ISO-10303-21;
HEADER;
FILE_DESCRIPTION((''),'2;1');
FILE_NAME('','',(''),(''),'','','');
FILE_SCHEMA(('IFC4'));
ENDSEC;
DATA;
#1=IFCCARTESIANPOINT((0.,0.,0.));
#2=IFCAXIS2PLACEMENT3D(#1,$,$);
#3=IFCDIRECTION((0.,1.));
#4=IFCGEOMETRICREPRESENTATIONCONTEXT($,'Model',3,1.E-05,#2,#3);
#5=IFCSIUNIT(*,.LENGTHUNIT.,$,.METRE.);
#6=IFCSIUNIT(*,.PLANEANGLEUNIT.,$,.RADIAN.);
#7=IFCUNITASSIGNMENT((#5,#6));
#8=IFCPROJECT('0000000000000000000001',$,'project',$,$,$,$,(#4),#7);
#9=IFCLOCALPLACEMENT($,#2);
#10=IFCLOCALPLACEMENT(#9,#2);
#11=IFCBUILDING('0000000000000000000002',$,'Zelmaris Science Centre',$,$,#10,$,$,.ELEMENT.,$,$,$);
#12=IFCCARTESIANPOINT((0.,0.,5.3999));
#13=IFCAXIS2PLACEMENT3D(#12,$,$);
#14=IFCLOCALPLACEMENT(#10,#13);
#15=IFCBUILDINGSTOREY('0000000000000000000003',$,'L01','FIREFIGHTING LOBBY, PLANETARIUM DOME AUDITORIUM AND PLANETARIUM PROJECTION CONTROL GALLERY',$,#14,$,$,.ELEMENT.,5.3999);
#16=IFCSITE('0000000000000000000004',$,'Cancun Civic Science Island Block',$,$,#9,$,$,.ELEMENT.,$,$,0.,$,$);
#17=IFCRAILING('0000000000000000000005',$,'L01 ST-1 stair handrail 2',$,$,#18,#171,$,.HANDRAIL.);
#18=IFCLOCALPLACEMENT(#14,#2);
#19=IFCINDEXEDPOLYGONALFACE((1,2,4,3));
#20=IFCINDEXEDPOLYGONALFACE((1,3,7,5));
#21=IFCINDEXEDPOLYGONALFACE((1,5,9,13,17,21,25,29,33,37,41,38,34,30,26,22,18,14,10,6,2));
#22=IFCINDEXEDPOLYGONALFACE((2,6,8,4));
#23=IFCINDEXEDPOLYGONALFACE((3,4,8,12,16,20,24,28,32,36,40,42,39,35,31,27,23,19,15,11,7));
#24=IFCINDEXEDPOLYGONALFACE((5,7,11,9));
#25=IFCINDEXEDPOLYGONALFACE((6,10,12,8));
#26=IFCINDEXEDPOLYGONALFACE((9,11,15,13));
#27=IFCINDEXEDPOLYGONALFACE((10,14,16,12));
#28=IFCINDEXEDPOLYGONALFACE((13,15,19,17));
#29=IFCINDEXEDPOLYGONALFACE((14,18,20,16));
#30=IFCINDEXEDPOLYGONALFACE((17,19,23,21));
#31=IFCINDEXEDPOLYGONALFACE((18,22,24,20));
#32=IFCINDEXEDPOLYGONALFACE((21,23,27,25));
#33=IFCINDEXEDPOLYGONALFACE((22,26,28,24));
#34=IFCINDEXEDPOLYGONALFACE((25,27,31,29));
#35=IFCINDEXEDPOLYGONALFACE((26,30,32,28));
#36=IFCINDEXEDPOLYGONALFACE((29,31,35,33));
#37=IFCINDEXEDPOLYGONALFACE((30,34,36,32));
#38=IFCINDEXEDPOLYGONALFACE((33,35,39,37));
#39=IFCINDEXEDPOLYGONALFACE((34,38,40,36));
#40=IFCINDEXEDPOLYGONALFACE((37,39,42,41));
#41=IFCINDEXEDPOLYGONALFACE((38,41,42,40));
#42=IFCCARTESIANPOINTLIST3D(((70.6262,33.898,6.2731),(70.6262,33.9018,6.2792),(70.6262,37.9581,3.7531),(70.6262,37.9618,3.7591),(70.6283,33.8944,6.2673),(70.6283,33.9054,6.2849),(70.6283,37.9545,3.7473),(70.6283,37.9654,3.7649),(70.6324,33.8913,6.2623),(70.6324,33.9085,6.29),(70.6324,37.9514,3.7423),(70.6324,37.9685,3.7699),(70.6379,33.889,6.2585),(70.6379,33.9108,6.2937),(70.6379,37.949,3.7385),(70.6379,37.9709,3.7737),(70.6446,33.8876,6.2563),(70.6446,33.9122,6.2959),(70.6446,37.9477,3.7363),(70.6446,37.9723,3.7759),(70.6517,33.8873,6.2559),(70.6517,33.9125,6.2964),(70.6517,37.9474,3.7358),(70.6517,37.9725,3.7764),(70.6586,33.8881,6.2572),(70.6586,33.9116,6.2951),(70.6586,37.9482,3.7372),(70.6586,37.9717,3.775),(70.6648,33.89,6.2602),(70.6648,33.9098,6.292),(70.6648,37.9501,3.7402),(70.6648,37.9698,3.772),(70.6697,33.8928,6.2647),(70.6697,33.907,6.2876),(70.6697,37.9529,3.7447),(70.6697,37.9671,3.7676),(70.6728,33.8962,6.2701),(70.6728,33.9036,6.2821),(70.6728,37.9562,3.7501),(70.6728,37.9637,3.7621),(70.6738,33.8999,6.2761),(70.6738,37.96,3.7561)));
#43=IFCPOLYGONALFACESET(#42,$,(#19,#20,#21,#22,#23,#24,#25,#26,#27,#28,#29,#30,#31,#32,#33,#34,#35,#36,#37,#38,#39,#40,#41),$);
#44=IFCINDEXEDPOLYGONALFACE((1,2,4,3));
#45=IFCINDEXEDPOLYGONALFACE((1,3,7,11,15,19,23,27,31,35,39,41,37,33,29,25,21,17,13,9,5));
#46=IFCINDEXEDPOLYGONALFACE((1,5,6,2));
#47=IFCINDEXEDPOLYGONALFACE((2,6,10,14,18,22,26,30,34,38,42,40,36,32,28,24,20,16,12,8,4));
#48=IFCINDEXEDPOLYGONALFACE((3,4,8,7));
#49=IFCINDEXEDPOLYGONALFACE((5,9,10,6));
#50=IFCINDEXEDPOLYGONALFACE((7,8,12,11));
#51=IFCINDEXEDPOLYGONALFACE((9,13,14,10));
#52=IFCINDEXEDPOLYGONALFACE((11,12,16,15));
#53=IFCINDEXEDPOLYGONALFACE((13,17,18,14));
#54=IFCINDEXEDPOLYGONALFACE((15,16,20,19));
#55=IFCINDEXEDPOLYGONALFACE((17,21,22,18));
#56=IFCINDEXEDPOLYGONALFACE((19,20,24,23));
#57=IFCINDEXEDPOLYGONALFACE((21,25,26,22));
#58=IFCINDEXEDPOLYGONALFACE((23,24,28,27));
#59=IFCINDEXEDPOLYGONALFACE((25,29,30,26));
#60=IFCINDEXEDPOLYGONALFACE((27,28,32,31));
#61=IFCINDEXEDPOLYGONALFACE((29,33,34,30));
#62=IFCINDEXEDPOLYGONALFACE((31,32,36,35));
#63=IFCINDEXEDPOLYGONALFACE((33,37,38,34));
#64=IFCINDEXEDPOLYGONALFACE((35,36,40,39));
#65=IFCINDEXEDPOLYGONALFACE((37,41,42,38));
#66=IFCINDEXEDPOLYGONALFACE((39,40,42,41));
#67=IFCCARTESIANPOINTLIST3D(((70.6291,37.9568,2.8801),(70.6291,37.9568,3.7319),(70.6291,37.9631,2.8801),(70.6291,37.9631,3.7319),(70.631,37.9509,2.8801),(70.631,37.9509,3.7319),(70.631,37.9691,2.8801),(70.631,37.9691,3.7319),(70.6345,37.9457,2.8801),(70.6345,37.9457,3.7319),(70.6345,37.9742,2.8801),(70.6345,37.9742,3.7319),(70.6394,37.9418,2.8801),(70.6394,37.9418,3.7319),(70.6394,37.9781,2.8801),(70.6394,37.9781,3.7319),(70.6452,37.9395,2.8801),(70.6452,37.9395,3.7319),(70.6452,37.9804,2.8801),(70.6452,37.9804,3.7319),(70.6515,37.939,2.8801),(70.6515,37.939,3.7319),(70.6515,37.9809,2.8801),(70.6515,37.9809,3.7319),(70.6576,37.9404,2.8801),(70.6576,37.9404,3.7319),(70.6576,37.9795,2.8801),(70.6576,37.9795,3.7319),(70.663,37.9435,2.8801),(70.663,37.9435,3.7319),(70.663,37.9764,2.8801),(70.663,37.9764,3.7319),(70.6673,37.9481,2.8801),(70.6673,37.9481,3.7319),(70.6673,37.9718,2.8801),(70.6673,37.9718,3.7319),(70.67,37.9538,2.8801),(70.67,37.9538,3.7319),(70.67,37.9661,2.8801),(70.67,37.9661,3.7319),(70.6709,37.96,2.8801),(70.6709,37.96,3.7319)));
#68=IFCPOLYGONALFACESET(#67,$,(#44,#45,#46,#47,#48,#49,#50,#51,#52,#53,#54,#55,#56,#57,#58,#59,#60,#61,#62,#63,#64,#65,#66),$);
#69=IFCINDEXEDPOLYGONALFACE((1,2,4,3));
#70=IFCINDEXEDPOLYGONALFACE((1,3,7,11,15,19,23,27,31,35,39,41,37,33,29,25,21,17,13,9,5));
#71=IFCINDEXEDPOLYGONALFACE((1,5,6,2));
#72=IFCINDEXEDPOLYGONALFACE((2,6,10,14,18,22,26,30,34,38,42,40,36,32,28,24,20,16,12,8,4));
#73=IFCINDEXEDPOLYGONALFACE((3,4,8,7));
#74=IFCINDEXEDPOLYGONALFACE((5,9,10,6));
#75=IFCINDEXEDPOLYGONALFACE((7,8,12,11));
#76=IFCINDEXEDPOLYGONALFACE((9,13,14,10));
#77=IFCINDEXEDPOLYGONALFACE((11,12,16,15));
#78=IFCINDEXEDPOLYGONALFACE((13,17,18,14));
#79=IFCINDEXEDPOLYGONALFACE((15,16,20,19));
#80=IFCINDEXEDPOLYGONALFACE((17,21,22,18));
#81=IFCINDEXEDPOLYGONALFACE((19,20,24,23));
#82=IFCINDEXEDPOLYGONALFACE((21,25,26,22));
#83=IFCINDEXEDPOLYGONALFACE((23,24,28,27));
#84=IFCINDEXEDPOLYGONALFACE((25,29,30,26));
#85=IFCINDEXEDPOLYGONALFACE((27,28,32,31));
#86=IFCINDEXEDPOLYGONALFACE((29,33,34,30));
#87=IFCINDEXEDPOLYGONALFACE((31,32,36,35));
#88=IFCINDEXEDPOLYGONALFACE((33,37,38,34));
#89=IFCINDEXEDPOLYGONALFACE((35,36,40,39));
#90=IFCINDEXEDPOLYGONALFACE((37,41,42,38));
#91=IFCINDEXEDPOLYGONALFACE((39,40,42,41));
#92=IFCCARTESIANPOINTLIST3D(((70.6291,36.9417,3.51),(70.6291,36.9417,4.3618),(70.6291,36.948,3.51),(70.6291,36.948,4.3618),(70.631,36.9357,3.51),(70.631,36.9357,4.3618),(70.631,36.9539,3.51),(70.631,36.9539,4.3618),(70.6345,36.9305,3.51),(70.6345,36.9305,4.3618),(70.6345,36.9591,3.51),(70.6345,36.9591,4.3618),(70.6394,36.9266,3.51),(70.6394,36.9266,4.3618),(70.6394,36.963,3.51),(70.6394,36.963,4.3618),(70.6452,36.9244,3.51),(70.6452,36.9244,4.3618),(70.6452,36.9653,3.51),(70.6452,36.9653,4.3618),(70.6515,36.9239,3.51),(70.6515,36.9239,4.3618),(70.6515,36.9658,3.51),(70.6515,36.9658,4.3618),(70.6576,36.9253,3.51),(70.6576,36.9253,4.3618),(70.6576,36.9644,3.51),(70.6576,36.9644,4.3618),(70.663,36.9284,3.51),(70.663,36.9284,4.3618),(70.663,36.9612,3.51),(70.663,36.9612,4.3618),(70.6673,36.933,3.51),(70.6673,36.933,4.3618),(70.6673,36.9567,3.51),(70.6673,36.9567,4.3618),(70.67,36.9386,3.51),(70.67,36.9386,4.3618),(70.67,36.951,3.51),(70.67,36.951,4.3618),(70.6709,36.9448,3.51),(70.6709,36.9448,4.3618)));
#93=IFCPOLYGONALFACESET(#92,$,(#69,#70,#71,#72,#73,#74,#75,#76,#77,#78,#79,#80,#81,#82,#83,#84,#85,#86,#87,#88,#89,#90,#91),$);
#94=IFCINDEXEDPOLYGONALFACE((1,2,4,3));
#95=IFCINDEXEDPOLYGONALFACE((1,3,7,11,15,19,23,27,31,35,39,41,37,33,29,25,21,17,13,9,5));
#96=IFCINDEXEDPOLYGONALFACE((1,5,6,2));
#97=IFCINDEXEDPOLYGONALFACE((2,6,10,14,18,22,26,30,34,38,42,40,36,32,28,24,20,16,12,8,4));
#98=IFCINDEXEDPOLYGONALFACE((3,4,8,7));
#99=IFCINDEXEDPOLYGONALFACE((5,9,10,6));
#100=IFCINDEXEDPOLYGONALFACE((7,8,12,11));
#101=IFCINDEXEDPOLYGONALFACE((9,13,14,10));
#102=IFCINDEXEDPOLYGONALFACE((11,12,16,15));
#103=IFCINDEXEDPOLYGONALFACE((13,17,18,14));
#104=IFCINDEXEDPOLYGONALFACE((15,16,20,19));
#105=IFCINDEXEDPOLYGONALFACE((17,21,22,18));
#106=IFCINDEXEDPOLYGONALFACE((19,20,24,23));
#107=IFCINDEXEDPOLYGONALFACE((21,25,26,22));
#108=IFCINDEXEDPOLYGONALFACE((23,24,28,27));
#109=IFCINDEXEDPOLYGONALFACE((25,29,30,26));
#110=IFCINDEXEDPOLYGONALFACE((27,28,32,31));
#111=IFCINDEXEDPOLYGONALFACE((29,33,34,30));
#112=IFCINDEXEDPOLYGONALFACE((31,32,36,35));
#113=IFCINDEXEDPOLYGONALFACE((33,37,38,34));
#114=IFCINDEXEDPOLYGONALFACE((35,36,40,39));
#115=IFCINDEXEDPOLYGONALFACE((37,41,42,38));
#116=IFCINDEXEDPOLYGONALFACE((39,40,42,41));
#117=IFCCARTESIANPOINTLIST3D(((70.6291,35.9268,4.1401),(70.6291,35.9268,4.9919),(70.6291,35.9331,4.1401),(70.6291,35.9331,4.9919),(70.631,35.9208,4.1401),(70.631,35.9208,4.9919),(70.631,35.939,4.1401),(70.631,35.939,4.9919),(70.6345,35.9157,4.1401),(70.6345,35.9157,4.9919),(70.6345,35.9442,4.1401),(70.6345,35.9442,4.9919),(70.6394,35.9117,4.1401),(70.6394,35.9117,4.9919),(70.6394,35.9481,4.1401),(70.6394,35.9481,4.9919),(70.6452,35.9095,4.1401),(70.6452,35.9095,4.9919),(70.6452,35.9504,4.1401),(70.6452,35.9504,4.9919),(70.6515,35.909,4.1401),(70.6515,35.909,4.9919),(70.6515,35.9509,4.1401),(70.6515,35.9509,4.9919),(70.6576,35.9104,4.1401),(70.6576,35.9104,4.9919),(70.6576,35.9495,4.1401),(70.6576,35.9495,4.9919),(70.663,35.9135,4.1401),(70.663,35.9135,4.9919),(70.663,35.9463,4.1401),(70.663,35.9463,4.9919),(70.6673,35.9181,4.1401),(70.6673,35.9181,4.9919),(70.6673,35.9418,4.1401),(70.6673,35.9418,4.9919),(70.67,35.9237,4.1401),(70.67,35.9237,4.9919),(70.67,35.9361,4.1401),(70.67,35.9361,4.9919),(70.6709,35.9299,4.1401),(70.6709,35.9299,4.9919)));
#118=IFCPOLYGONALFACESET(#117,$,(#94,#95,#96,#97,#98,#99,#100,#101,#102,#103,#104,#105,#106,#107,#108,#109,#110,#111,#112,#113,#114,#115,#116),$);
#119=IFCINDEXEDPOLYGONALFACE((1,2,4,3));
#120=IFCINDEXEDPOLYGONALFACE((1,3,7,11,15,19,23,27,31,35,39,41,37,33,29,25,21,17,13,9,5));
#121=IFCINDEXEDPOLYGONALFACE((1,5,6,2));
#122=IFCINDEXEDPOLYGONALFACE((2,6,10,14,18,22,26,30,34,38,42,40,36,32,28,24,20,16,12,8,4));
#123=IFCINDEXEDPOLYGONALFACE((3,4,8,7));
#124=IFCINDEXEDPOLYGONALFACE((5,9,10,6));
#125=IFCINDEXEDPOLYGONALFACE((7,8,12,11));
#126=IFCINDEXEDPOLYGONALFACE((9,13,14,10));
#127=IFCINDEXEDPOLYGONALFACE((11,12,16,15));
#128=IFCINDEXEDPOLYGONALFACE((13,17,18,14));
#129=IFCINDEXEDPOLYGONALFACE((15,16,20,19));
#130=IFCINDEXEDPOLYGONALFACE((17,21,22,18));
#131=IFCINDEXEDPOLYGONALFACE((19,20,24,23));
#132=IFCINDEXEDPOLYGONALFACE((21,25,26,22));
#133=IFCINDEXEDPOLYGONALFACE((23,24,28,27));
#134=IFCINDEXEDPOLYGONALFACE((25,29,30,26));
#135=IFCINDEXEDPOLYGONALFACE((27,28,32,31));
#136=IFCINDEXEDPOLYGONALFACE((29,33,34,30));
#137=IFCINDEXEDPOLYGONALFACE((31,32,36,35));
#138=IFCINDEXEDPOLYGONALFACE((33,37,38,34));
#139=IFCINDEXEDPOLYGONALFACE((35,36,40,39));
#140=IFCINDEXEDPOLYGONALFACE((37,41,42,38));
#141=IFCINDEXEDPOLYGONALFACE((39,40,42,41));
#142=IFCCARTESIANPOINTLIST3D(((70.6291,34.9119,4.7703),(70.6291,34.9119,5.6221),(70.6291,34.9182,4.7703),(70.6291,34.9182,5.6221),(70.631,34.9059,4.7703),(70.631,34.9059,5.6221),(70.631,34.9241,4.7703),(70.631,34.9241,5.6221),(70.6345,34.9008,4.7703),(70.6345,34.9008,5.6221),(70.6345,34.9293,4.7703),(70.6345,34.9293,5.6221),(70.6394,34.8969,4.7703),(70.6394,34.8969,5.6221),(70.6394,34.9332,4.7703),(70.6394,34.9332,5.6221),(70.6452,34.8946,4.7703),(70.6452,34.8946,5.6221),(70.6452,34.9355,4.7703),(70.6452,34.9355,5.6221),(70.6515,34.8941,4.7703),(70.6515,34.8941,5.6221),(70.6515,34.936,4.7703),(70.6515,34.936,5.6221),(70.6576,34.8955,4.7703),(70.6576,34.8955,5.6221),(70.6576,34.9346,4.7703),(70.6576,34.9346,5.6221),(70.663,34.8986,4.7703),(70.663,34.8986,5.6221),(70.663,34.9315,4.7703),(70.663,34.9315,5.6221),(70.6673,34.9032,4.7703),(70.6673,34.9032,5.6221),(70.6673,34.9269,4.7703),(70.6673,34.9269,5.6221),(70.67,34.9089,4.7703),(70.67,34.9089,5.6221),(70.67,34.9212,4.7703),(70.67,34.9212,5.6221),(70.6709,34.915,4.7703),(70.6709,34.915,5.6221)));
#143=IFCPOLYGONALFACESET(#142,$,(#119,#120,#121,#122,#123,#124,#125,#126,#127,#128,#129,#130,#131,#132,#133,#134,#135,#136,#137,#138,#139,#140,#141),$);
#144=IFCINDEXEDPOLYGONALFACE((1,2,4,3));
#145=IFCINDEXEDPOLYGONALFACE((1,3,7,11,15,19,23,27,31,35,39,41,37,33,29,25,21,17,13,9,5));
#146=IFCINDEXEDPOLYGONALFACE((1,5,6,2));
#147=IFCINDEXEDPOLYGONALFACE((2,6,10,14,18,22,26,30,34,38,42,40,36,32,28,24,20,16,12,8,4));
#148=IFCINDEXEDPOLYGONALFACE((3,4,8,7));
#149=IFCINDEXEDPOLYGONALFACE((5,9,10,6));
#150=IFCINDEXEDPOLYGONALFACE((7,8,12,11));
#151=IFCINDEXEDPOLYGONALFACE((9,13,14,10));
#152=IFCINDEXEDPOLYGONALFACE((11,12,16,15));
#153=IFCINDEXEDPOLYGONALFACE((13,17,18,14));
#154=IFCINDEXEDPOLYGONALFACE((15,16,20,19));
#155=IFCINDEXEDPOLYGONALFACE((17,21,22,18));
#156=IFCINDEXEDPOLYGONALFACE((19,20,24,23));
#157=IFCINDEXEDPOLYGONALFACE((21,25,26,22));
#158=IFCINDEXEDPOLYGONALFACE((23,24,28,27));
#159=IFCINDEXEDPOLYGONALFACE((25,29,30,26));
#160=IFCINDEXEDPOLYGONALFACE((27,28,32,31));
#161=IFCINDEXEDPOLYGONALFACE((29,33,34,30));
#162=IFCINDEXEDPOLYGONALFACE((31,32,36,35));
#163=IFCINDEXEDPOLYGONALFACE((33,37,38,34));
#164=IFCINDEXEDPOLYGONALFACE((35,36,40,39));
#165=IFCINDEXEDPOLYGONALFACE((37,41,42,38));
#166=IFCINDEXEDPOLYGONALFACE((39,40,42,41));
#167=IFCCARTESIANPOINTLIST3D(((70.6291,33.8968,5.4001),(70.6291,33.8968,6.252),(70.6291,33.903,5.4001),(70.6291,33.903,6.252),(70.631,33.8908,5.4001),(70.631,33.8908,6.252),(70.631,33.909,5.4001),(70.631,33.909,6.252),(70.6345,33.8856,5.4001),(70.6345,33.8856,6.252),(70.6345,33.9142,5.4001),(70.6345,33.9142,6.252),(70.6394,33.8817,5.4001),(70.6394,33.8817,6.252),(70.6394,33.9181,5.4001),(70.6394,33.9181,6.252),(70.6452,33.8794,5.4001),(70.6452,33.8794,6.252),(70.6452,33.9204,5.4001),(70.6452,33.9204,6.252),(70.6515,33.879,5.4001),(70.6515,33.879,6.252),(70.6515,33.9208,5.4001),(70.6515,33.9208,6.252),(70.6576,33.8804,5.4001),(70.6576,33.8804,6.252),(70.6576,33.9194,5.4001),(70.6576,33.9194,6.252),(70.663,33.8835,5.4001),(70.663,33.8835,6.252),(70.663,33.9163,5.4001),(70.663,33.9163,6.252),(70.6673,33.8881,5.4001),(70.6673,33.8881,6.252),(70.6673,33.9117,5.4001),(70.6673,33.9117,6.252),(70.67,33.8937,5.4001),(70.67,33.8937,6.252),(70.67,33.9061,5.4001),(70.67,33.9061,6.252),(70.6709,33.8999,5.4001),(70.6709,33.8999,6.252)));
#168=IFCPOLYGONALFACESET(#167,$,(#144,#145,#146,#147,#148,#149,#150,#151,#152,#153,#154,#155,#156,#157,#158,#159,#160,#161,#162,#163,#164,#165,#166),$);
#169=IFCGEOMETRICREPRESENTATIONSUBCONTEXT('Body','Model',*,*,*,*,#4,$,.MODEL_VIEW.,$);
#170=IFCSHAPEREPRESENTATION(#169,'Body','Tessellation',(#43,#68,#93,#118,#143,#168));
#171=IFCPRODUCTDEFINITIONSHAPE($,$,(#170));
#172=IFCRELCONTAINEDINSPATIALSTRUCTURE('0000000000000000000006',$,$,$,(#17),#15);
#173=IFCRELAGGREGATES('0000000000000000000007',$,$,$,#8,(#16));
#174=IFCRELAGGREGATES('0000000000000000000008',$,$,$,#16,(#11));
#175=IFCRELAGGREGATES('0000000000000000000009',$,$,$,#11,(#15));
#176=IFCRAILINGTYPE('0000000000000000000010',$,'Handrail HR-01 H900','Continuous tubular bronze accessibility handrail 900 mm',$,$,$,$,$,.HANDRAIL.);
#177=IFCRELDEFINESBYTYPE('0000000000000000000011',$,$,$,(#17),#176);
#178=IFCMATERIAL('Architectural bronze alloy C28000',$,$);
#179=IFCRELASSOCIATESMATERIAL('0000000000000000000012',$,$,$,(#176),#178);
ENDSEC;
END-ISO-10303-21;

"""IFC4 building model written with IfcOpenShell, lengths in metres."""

from ifc_helpers import new_model, si_unit, direction, frame, origin, origin_2d, place, context, subcontext, project, spatial, circle, extrude, material, type_object, element, save


model = new_model("IFC4")

# Units and contexts
model_context = context("Model", 3, precision=1e-05, world=origin(), true_north=direction((0.0, 1.0)))
body_context = subcontext(model_context, "Body", "Model", "MODEL_VIEW")
ifc_project = project(units=[si_unit("LENGTHUNIT", "METRE"), si_unit("PLANEANGLEUNIT", "RADIAN")], contexts=[model_context])

# Site, building, storey
site_placement = place(None, origin())
site = spatial("IfcSite", under=ifc_project, at=site_placement, Name="Cancun Civic Science Island Block", CompositionType="ELEMENT", RefElevation=0.0)
building_placement = place(site_placement, origin())
building = spatial("IfcBuilding", under=site, at=building_placement, Name="Zelmaris Science Centre", CompositionType="ELEMENT")
storey_placement = place(building_placement, frame((0.0, 0.0, 5.3999)))
storey = spatial("IfcBuildingStorey", under=building, at=storey_placement, Name="L01", Description="FIREFIGHTING LOBBY, PLANETARIUM DOME AUDITORIUM AND PLANETARIUM PROJECTION CONTROL GALLERY", CompositionType="ELEMENT", Elevation=5.3999)

# Railing
ifc_material_1 = material(Name="Architectural bronze alloy C28000")
railing_type_1 = type_object("IfcRailingType", Name="Handrail HR-01 H900", Description="Continuous tubular bronze accessibility handrail 900 mm", PredefinedType="HANDRAIL", material=ifc_material_1)
railing_1_placement = place(storey_placement, frame((70.6499, 37.96, 2.8801)))
element("IfcRailing", 1, at=railing_1_placement, inside=storey, type_object=railing_type_1, Name="L01 ST-1 stair handrail 2", PredefinedType="HANDRAIL", context=body_context, shape_type="SweptSolid", body=[
    extrude(circle(Radius=0.0239, at=origin_2d()), frame((0.0, 0.0, 0.876), z_axis=(0.0, -0.849642, 0.52736), x_axis=(1.0, 0.0, 0.0)), (0.0, 0.0, 1.0), 4.7786),
    extrude(circle(Radius=0.021, at=origin_2d()), origin(), (0.0, 0.0, 1.0), 0.8518),
    extrude(circle(Radius=0.021, at=origin_2d()), frame((0.0, -1.0151, 0.6299)), (0.0, 0.0, 1.0), 0.8518),
    extrude(circle(Radius=0.021, at=origin_2d()), frame((0.0, -2.03, 1.26)), (0.0, 0.0, 1.0), 0.8518),
    extrude(circle(Radius=0.021, at=origin_2d()), frame((0.0, -3.0449, 1.8901)), (0.0, 0.0, 1.0), 0.8518),
    extrude(circle(Radius=0.021, at=origin_2d()), frame((0.0, -4.0601, 2.52)), (0.0, 0.0, 1.0), 0.8518),
])

save(model, "model.ifc")
